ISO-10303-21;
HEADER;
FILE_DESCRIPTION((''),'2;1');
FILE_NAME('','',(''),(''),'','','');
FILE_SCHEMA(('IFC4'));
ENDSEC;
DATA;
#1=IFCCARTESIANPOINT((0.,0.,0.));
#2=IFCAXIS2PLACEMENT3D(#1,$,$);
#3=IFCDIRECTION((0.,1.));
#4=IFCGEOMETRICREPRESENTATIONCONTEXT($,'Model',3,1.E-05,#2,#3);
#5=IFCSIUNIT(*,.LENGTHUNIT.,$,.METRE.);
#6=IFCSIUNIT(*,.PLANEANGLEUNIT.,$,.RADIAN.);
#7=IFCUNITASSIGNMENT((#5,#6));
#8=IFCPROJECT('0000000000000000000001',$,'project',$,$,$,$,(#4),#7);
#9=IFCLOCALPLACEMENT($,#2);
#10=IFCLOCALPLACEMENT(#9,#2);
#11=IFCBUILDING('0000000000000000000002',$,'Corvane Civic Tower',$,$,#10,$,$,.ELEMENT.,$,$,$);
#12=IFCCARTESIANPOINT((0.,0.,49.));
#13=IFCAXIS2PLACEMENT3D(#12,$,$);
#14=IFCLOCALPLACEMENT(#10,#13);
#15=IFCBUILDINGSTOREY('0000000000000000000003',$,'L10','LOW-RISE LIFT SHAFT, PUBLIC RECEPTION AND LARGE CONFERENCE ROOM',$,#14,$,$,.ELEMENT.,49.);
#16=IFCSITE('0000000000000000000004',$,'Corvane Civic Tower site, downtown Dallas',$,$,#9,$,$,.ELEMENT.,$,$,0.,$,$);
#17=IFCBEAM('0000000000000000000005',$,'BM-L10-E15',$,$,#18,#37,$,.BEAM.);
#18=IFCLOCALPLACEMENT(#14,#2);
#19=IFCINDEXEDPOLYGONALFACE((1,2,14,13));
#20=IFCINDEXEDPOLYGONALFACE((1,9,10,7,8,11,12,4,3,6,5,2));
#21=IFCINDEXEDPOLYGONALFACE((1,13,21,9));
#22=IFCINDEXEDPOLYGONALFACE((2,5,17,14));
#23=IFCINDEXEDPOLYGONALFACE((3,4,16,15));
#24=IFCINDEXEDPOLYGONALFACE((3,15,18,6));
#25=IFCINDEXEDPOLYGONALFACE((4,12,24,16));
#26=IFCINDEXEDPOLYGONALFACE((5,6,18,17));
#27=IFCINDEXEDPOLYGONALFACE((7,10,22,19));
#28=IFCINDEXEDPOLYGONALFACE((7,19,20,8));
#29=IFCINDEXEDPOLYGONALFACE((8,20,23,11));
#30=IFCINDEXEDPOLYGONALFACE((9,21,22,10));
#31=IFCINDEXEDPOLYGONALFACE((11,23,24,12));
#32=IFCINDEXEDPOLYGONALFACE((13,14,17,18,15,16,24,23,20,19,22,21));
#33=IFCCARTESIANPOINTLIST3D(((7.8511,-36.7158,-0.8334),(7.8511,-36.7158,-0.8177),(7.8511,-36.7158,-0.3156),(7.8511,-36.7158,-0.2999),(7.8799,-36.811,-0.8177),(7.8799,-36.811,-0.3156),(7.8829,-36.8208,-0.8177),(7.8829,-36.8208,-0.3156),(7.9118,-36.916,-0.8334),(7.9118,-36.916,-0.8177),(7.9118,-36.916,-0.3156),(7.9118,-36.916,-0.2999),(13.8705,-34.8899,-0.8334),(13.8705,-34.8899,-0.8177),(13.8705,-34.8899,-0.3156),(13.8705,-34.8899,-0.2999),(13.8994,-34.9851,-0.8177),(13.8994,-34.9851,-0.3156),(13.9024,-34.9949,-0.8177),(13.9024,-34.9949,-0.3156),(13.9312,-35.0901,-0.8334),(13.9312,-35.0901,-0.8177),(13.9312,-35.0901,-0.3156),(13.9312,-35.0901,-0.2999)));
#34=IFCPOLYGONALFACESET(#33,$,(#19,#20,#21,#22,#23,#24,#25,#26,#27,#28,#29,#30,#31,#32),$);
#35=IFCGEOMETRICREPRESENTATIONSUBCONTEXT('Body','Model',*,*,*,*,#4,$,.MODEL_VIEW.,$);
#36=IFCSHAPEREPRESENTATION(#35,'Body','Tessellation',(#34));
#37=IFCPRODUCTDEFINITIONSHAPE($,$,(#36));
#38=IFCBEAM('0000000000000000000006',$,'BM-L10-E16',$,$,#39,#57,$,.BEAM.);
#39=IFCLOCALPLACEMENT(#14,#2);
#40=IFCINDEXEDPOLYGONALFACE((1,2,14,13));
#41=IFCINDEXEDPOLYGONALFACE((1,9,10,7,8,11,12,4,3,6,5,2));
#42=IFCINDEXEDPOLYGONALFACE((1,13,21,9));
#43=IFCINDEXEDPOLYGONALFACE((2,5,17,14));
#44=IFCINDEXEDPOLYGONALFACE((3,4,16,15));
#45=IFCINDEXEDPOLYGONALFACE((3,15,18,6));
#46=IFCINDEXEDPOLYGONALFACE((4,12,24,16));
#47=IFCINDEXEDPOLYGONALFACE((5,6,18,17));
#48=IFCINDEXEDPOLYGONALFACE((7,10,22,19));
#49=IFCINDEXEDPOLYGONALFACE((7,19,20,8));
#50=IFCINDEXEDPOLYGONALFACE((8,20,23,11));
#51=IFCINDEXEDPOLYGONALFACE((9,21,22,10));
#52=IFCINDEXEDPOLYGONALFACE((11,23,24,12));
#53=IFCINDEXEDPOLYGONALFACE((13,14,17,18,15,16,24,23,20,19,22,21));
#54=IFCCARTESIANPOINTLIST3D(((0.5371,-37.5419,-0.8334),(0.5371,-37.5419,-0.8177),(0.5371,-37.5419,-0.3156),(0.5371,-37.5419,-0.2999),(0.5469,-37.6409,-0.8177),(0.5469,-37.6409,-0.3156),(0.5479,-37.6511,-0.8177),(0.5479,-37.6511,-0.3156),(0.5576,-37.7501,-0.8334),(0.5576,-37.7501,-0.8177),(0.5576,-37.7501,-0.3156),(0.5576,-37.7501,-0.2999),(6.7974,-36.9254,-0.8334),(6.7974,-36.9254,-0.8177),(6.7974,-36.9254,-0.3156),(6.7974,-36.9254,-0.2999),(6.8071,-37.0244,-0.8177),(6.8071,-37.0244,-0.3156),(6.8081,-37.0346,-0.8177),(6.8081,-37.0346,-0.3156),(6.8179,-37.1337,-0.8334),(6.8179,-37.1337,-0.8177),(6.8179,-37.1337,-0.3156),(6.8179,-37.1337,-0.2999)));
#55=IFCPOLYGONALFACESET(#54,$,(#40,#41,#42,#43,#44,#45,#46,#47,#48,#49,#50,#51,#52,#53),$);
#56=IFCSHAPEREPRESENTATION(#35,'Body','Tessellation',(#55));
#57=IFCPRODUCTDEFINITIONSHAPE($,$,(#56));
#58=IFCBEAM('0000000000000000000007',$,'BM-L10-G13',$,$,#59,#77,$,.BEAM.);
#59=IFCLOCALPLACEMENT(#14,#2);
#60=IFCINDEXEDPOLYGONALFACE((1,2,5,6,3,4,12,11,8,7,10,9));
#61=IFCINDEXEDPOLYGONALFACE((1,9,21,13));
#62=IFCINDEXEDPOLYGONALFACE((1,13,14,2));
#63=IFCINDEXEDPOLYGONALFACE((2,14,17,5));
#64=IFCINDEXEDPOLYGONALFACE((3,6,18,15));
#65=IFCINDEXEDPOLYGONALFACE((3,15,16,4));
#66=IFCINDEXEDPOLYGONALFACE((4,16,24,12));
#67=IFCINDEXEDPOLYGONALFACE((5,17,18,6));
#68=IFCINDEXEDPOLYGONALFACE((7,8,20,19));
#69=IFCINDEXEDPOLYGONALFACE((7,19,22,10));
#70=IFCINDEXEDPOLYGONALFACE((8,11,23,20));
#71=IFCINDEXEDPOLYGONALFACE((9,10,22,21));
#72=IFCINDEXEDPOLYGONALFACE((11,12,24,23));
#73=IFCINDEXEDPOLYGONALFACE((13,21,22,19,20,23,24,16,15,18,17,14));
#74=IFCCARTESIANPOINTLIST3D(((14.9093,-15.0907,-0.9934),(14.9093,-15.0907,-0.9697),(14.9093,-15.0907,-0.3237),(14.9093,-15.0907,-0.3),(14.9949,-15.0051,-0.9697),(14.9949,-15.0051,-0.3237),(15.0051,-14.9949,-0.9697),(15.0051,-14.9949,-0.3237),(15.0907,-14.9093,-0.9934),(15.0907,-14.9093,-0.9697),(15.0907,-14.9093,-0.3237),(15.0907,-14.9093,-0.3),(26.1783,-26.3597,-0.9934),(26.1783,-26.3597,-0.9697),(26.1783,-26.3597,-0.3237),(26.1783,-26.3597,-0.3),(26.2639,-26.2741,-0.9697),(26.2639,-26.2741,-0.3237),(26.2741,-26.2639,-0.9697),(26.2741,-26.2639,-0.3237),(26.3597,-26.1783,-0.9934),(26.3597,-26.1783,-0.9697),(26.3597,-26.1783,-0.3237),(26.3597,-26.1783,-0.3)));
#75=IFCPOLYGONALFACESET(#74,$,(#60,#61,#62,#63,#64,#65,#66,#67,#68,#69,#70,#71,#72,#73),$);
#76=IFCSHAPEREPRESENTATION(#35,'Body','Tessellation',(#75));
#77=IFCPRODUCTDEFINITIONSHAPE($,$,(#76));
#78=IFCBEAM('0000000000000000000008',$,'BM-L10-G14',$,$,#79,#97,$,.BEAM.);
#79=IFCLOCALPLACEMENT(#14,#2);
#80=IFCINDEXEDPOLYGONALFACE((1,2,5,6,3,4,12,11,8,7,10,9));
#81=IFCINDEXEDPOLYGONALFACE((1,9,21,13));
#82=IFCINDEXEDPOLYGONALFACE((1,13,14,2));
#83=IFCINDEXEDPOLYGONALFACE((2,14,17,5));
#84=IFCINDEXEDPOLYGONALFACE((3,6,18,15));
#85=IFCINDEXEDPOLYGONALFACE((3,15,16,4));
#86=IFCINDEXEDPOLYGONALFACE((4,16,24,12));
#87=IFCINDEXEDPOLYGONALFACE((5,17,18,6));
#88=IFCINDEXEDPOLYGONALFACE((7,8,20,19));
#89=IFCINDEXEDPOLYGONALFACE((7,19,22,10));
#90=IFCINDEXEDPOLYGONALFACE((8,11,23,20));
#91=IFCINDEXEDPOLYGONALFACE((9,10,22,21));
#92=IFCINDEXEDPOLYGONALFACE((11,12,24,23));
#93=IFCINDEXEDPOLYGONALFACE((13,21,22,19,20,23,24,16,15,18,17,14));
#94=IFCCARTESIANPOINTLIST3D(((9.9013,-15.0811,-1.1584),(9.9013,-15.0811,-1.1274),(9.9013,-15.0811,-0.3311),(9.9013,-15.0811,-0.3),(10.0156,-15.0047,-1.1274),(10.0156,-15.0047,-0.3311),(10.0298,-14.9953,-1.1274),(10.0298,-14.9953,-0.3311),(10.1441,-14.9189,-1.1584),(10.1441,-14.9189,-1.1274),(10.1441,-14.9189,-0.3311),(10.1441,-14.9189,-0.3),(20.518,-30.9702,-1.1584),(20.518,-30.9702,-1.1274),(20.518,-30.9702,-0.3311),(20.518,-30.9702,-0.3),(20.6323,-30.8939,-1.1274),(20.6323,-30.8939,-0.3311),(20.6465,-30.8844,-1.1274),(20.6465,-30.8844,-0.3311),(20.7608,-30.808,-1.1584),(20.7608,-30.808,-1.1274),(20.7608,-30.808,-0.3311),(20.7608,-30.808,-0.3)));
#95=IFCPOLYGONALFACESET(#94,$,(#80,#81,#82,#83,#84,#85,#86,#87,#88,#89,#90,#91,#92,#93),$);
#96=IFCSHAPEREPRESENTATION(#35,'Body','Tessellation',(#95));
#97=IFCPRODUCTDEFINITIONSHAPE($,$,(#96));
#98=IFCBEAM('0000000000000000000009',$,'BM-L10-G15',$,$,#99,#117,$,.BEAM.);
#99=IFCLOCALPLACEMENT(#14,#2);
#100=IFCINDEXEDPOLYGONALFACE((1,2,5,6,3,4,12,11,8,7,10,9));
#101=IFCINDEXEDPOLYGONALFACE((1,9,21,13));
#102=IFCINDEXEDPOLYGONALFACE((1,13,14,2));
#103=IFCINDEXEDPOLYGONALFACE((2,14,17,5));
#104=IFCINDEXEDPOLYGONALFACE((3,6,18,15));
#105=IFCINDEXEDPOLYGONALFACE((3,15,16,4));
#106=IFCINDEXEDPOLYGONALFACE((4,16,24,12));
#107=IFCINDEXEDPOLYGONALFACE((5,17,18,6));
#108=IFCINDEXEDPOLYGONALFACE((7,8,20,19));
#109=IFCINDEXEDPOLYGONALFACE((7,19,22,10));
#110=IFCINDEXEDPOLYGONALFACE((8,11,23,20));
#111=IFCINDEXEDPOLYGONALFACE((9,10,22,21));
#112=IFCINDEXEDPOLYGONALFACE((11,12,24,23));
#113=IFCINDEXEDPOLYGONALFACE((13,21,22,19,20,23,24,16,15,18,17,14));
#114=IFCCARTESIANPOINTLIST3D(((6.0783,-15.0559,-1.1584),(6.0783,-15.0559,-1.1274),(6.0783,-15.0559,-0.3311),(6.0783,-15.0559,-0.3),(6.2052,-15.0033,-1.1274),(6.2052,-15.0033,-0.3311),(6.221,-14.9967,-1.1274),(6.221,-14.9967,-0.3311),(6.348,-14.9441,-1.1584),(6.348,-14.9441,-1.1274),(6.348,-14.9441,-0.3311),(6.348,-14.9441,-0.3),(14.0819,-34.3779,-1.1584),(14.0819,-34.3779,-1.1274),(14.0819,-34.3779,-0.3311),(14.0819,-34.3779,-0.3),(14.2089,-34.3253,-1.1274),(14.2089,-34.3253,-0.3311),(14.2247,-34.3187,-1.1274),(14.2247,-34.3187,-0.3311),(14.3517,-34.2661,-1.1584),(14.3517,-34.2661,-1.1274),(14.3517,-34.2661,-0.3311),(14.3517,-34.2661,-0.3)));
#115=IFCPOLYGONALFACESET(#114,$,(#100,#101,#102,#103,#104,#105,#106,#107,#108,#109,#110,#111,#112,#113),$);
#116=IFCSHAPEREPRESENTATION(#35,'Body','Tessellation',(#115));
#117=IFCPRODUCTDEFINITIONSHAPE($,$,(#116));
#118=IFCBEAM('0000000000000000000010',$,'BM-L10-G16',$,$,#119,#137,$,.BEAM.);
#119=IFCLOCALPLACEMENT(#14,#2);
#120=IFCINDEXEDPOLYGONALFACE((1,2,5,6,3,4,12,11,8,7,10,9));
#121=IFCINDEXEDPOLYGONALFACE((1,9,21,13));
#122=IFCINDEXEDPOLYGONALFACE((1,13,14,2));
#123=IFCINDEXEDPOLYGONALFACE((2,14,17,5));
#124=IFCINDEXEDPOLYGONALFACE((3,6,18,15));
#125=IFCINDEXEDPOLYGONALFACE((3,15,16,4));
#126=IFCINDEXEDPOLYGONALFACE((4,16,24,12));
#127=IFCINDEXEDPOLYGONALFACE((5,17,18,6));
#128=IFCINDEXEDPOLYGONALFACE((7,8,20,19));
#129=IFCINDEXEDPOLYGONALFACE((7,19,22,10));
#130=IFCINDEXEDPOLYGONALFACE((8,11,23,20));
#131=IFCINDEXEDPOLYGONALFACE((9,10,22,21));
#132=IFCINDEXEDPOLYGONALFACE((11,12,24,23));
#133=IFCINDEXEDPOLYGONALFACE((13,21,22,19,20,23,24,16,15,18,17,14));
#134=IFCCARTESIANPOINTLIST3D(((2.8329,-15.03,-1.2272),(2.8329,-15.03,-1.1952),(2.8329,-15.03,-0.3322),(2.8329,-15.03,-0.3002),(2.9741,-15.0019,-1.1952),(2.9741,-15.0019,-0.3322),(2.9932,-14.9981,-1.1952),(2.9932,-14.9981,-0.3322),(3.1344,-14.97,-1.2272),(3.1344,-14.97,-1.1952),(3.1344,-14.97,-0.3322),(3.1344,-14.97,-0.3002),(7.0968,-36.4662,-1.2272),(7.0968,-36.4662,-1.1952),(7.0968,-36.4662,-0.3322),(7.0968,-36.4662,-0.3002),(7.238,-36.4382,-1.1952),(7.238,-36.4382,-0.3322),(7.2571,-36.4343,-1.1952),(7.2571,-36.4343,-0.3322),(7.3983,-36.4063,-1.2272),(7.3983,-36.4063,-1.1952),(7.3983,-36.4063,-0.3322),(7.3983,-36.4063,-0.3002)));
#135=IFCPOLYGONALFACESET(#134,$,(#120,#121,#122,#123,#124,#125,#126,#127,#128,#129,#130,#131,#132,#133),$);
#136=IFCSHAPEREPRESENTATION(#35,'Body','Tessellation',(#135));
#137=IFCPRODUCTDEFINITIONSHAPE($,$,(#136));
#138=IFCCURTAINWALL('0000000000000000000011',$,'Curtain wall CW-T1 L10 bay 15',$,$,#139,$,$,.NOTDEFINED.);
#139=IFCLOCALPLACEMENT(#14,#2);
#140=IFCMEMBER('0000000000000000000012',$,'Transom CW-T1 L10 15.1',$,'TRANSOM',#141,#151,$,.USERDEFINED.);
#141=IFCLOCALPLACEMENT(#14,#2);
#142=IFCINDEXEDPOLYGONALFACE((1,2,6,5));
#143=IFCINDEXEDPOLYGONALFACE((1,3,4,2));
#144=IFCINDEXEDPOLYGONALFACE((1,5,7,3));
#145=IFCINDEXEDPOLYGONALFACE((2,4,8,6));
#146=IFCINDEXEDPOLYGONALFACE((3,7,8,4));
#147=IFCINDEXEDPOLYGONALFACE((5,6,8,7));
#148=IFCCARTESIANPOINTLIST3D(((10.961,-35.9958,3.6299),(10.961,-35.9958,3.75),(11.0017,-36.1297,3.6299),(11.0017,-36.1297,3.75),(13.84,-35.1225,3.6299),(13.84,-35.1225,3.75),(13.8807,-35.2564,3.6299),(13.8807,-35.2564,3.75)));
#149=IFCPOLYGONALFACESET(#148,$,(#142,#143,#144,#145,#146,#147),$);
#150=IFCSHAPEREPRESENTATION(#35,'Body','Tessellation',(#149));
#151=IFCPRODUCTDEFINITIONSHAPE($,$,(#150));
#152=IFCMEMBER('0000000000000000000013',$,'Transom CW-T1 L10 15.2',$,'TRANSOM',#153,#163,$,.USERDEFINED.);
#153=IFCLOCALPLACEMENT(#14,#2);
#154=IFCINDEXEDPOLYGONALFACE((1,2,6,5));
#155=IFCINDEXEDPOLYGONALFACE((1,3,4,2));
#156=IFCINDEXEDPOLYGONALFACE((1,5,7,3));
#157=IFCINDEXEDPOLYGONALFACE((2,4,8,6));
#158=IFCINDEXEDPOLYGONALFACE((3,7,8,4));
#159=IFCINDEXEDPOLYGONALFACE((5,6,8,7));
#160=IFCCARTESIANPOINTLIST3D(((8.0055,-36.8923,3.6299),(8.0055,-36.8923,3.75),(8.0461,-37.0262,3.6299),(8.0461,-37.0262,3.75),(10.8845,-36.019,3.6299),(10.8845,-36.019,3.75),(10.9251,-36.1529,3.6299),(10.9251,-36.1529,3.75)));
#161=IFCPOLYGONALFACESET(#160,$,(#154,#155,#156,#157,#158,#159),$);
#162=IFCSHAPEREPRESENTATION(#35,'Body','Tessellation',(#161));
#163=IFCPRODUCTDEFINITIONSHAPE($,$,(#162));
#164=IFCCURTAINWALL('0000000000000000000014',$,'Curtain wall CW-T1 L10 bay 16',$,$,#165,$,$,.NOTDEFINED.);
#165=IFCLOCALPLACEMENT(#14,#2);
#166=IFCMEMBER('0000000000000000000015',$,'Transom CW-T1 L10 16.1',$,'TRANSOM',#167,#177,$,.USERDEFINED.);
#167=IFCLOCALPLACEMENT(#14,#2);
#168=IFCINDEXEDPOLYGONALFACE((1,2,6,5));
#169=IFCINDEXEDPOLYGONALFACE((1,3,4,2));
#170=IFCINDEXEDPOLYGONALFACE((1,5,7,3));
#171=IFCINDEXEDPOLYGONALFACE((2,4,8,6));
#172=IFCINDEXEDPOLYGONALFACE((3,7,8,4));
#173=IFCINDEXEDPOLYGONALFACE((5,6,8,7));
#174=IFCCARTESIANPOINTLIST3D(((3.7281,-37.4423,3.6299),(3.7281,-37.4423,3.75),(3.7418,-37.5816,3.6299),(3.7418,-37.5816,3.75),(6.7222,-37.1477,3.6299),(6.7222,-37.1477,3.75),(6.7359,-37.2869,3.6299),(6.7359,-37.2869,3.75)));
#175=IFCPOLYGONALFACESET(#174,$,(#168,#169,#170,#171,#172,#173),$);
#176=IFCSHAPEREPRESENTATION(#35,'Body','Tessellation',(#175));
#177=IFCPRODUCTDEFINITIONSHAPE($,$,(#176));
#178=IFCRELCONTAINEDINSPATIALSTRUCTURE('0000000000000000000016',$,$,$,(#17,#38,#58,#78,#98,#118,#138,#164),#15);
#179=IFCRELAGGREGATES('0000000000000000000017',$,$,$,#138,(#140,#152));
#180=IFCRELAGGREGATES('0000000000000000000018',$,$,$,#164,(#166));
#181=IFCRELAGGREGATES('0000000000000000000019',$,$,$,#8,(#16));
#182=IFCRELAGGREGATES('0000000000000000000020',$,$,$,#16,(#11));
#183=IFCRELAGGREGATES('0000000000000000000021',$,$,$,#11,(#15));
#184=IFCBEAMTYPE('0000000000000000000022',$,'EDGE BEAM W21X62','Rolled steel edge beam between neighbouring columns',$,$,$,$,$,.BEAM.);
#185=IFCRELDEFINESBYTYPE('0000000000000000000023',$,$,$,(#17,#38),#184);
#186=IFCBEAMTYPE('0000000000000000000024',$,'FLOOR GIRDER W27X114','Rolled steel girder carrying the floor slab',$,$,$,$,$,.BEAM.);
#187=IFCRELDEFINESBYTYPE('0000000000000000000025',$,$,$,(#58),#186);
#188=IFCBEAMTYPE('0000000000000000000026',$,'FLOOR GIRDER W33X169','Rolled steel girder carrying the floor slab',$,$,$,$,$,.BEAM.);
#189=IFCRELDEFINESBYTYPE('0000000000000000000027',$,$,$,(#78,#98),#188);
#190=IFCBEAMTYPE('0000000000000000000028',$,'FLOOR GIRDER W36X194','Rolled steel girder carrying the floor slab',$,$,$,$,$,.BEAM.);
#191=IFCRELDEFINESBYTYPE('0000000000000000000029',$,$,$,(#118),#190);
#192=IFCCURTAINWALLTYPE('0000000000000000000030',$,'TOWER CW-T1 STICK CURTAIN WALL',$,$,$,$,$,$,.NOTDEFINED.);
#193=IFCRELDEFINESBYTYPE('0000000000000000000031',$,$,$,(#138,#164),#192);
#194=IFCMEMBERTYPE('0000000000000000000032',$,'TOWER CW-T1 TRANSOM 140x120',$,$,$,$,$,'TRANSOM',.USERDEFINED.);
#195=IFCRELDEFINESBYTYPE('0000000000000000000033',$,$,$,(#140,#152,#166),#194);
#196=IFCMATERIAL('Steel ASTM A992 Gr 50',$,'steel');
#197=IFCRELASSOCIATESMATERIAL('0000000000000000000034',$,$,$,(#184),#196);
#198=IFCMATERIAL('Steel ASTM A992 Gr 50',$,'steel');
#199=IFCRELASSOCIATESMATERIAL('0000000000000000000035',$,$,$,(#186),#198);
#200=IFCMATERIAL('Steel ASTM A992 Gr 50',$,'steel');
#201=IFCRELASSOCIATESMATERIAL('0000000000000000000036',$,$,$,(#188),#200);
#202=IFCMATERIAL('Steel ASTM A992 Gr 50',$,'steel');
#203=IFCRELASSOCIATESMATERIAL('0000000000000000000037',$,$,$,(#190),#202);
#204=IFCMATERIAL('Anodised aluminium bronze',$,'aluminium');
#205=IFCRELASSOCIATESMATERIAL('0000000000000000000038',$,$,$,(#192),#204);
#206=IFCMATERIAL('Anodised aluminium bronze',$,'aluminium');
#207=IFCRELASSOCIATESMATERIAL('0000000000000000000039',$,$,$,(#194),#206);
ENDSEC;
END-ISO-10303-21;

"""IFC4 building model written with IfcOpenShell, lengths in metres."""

from ifc_helpers import new_model, si_unit, direction, frame, origin, origin_2d, place, context, subcontext, project, spatial, rectangle, i_section, extrude, material, material_profile, profile_set, type_object, element, aggregate, save


model = new_model("IFC4")

# Units and contexts
model_context = context("Model", 3, precision=1e-05, world=origin(), true_north=direction((0.0, 1.0)))
body_context = subcontext(model_context, "Body", "Model", "MODEL_VIEW")
ifc_project = project(units=[si_unit("LENGTHUNIT", "METRE"), si_unit("PLANEANGLEUNIT", "RADIAN")], contexts=[model_context])

# Site, building, storey
site_placement = place(None, origin())
site = spatial("IfcSite", under=ifc_project, at=site_placement, Name="Corvane Civic Tower site, downtown Dallas", CompositionType="ELEMENT", RefElevation=0.0)
building_placement = place(site_placement, origin())
building = spatial("IfcBuilding", under=site, at=building_placement, Name="Corvane Civic Tower", CompositionType="ELEMENT")
storey_placement = place(building_placement, frame((0.0, 0.0, 49.0)))
storey = spatial("IfcBuildingStorey", under=building, at=storey_placement, Name="L10", Description="LOW-RISE LIFT SHAFT, PUBLIC RECEPTION AND LARGE CONFERENCE ROOM", CompositionType="ELEMENT", Elevation=49.0)

# Beams
ifc_material_1 = material(Name="Steel ASTM A992 Gr 50", Category="steel")
ifc_material_profile_1 = material_profile(ifc_material_1, i_section(OverallWidth=0.2092, OverallDepth=0.5334, WebThickness=0.0103, FlangeThickness=0.0156, at=origin_2d()), Name="W21X62")
ifc_profile_set_1 = profile_set([ifc_material_profile_1], Name="Steel ASTM A992 Gr 50")
beam_type_1 = type_object("IfcBeamType", Name="EDGE BEAM W21X62", Description="Rolled steel edge beam between neighbouring columns", PredefinedType="BEAM", material=ifc_profile_set_1)
beam_1_placement = place(storey_placement, frame((13.9009, -34.99, -0.5667), z_axis=(-0.956944, -0.290273, 0.0), x_axis=(0.290273, -0.956944, 0.0)))
element("IfcBeam", 1, at=beam_1_placement, inside=storey, type_object=beam_type_1, Name="BM-L10-E15", PredefinedType="BEAM", context=body_context, shape_type="SweptSolid", body=[
    extrude(i_section(OverallWidth=0.2092, OverallDepth=0.5334, WebThickness=0.0103, FlangeThickness=0.0156, at=origin_2d()), origin(), (0.0, 0.0, 1.0), 6.2903),
])
beam_2_placement = place(storey_placement, frame((6.8076, -37.0295, -0.5667), z_axis=(-0.995187, -0.097997, 0.0), x_axis=(0.097997, -0.995187, 0.0)))
element("IfcBeam", 2, at=beam_2_placement, inside=storey, type_object=beam_type_1, Name="BM-L10-E16", PredefinedType="BEAM", context=body_context, shape_type="SweptSolid", body=[
    extrude(i_section(OverallWidth=0.2092, OverallDepth=0.5334, WebThickness=0.0103, FlangeThickness=0.0156, at=origin_2d()), origin(), (0.0, 0.0, 1.0), 6.2905),
])
ifc_material_2 = material(Name="Steel ASTM A992 Gr 50", Category="steel")
ifc_material_profile_2 = material_profile(ifc_material_2, i_section(OverallWidth=0.2566, OverallDepth=0.6934, WebThickness=0.0144, FlangeThickness=0.0237, at=origin_2d()), Name="W27X114")
ifc_profile_set_2 = profile_set([ifc_material_profile_2], Name="Steel ASTM A992 Gr 50")
beam_type_2 = type_object("IfcBeamType", Name="FLOOR GIRDER W27X114", Description="Rolled steel girder carrying the floor slab", PredefinedType="BEAM", material=ifc_profile_set_2)
beam_3_placement = place(storey_placement, frame((15.0, -15.0, -0.6467), z_axis=(0.707107, -0.707107, 0.0), x_axis=(0.707107, 0.707107, 0.0)))
element("IfcBeam", 3, at=beam_3_placement, inside=storey, type_object=beam_type_2, Name="BM-L10-G13", PredefinedType="BEAM", context=body_context, shape_type="SweptSolid", body=[
    extrude(i_section(OverallWidth=0.2566, OverallDepth=0.6934, WebThickness=0.0144, FlangeThickness=0.0237, at=origin_2d()), origin(), (0.0, 0.0, 1.0), 15.9368),
])
ifc_material_3 = material(Name="Steel ASTM A992 Gr 50", Category="steel")
ifc_material_profile_3 = material_profile(ifc_material_3, i_section(OverallWidth=0.292, OverallDepth=0.8584, WebThickness=0.0171, FlangeThickness=0.031, at=origin_2d()), Name="W33X169")
ifc_profile_set_3 = profile_set([ifc_material_profile_3], Name="Steel ASTM A992 Gr 50")
beam_type_3 = type_object("IfcBeamType", Name="FLOOR GIRDER W33X169", Description="Rolled steel girder carrying the floor slab", PredefinedType="BEAM", material=ifc_profile_set_3)
beam_4_placement = place(storey_placement, frame((10.0227, -15.0, -0.7292), z_axis=(0.555567, -0.831472, 0.0), x_axis=(0.831472, 0.555567, 0.0)))
element("IfcBeam", 4, at=beam_4_placement, inside=storey, type_object=beam_type_3, Name="BM-L10-G14", PredefinedType="BEAM", context=body_context, shape_type="SweptSolid", body=[
    extrude(i_section(OverallWidth=0.292, OverallDepth=0.8584, WebThickness=0.0171, FlangeThickness=0.031, at=origin_2d()), origin(), (0.0, 0.0, 1.0), 19.1096),
])
beam_5_placement = place(storey_placement, frame((6.2131, -15.0, -0.7292), z_axis=(0.382692, -0.923876, 0.0), x_axis=(0.923876, 0.382692, 0.0)))
element("IfcBeam", 5, at=beam_5_placement, inside=storey, type_object=beam_type_3, Name="BM-L10-G15", PredefinedType="BEAM", context=body_context, shape_type="SweptSolid", body=[
    extrude(i_section(OverallWidth=0.292, OverallDepth=0.8584, WebThickness=0.0171, FlangeThickness=0.031, at=origin_2d()), origin(), (0.0, 0.0, 1.0), 20.9141),
])
ifc_material_4 = material(Name="Steel ASTM A992 Gr 50", Category="steel")
ifc_material_profile_4 = material_profile(ifc_material_4, i_section(OverallWidth=0.3074, OverallDepth=0.927, WebThickness=0.0195, FlangeThickness=0.032, at=origin_2d()), Name="W36X194")
ifc_profile_set_4 = profile_set([ifc_material_profile_4], Name="Steel ASTM A992 Gr 50")
beam_type_4 = type_object("IfcBeamType", Name="FLOOR GIRDER W36X194", Description="Rolled steel girder carrying the floor slab", PredefinedType="BEAM", material=ifc_profile_set_4)
beam_6_placement = place(storey_placement, frame((2.9836, -15.0, -0.7637), z_axis=(0.195089, -0.980785, 0.0), x_axis=(0.980785, 0.195089, 0.0)))
element("IfcBeam", 6, at=beam_6_placement, inside=storey, type_object=beam_type_4, Name="BM-L10-G16", PredefinedType="BEAM", context=body_context, shape_type="SweptSolid", body=[
    extrude(i_section(OverallWidth=0.3074, OverallDepth=0.927, WebThickness=0.0195, FlangeThickness=0.032, at=origin_2d()), origin(), (0.0, 0.0, 1.0), 21.8562),
])

# Curtain walls, members
ifc_material_5 = material(Name="Anodised aluminium bronze", Category="aluminium")
curtain_wall_type = type_object("IfcCurtainWallType", Name="TOWER CW-T1 STICK CURTAIN WALL", PredefinedType="NOTDEFINED", material=ifc_material_5)
curtain_wall_1_placement = place(storey_placement, origin())
curtain_wall_1 = element("IfcCurtainWall", 7, at=curtain_wall_1_placement, inside=storey, type_object=curtain_wall_type, Name="Curtain wall CW-T1 L10 bay 15", PredefinedType="NOTDEFINED")
ifc_material_6 = material(Name="Anodised aluminium bronze", Category="aluminium")
ifc_material_profile_5 = material_profile(ifc_material_6, rectangle(XDim=0.1399, YDim=0.1201, at=origin_2d()), Name="TOWER CW-T1 TRANSOM 140x120")
ifc_profile_set_5 = profile_set([ifc_material_profile_5], Name="Anodised aluminium bronze")
member_type_1 = type_object("IfcMemberType", Name="TOWER CW-T1 TRANSOM 140x120", ElementType="TRANSOM", PredefinedType="USERDEFINED", material=ifc_profile_set_5)
member_1_placement = place(storey_placement, frame((13.8604, -35.1895, 3.6899), z_axis=(-0.956942, -0.29028, 0.0), x_axis=(0.29028, -0.956942, 0.0)))
member_1 = element("IfcMember", 8, at=member_1_placement, type_object=member_type_1, Name="Transom CW-T1 L10 15.1", ObjectType="TRANSOM", PredefinedType="USERDEFINED", context=body_context, shape_type="SweptSolid", body=[
    extrude(rectangle(XDim=0.1399, YDim=0.1201, at=origin_2d()), origin(), (0.0, 0.0, 1.0), 3.0085),
])
member_2_placement = place(storey_placement, frame((10.9048, -36.0859, 3.6899), z_axis=(-0.956942, -0.29028, 0.0), x_axis=(0.29028, -0.956942, 0.0)))
member_2 = element("IfcMember", 9, at=member_2_placement, type_object=member_type_1, Name="Transom CW-T1 L10 15.2", ObjectType="TRANSOM", PredefinedType="USERDEFINED", context=body_context, shape_type="SweptSolid", body=[
    extrude(rectangle(XDim=0.1399, YDim=0.1201, at=origin_2d()), origin(), (0.0, 0.0, 1.0), 3.0085),
])
curtain_wall_2_placement = place(storey_placement, origin())
curtain_wall_2 = element("IfcCurtainWall", 10, at=curtain_wall_2_placement, inside=storey, type_object=curtain_wall_type, Name="Curtain wall CW-T1 L10 bay 16", PredefinedType="NOTDEFINED")
member_3_placement = place(storey_placement, frame((6.729, -37.2173, 3.6899), z_axis=(-0.995192, -0.097945, 0.0), x_axis=(0.097945, -0.995192, 0.0)))
member_3 = element("IfcMember", 11, at=member_3_placement, type_object=member_type_1, Name="Transom CW-T1 L10 16.1", ObjectType="TRANSOM", PredefinedType="USERDEFINED", context=body_context, shape_type="SweptSolid", body=[
    extrude(rectangle(XDim=0.1399, YDim=0.1201, at=origin_2d()), origin(), (0.0, 0.0, 1.0), 3.0085),
])

aggregate(curtain_wall_1, [member_1, member_2])
aggregate(curtain_wall_2, [member_3])

save(model, "model.ifc")
